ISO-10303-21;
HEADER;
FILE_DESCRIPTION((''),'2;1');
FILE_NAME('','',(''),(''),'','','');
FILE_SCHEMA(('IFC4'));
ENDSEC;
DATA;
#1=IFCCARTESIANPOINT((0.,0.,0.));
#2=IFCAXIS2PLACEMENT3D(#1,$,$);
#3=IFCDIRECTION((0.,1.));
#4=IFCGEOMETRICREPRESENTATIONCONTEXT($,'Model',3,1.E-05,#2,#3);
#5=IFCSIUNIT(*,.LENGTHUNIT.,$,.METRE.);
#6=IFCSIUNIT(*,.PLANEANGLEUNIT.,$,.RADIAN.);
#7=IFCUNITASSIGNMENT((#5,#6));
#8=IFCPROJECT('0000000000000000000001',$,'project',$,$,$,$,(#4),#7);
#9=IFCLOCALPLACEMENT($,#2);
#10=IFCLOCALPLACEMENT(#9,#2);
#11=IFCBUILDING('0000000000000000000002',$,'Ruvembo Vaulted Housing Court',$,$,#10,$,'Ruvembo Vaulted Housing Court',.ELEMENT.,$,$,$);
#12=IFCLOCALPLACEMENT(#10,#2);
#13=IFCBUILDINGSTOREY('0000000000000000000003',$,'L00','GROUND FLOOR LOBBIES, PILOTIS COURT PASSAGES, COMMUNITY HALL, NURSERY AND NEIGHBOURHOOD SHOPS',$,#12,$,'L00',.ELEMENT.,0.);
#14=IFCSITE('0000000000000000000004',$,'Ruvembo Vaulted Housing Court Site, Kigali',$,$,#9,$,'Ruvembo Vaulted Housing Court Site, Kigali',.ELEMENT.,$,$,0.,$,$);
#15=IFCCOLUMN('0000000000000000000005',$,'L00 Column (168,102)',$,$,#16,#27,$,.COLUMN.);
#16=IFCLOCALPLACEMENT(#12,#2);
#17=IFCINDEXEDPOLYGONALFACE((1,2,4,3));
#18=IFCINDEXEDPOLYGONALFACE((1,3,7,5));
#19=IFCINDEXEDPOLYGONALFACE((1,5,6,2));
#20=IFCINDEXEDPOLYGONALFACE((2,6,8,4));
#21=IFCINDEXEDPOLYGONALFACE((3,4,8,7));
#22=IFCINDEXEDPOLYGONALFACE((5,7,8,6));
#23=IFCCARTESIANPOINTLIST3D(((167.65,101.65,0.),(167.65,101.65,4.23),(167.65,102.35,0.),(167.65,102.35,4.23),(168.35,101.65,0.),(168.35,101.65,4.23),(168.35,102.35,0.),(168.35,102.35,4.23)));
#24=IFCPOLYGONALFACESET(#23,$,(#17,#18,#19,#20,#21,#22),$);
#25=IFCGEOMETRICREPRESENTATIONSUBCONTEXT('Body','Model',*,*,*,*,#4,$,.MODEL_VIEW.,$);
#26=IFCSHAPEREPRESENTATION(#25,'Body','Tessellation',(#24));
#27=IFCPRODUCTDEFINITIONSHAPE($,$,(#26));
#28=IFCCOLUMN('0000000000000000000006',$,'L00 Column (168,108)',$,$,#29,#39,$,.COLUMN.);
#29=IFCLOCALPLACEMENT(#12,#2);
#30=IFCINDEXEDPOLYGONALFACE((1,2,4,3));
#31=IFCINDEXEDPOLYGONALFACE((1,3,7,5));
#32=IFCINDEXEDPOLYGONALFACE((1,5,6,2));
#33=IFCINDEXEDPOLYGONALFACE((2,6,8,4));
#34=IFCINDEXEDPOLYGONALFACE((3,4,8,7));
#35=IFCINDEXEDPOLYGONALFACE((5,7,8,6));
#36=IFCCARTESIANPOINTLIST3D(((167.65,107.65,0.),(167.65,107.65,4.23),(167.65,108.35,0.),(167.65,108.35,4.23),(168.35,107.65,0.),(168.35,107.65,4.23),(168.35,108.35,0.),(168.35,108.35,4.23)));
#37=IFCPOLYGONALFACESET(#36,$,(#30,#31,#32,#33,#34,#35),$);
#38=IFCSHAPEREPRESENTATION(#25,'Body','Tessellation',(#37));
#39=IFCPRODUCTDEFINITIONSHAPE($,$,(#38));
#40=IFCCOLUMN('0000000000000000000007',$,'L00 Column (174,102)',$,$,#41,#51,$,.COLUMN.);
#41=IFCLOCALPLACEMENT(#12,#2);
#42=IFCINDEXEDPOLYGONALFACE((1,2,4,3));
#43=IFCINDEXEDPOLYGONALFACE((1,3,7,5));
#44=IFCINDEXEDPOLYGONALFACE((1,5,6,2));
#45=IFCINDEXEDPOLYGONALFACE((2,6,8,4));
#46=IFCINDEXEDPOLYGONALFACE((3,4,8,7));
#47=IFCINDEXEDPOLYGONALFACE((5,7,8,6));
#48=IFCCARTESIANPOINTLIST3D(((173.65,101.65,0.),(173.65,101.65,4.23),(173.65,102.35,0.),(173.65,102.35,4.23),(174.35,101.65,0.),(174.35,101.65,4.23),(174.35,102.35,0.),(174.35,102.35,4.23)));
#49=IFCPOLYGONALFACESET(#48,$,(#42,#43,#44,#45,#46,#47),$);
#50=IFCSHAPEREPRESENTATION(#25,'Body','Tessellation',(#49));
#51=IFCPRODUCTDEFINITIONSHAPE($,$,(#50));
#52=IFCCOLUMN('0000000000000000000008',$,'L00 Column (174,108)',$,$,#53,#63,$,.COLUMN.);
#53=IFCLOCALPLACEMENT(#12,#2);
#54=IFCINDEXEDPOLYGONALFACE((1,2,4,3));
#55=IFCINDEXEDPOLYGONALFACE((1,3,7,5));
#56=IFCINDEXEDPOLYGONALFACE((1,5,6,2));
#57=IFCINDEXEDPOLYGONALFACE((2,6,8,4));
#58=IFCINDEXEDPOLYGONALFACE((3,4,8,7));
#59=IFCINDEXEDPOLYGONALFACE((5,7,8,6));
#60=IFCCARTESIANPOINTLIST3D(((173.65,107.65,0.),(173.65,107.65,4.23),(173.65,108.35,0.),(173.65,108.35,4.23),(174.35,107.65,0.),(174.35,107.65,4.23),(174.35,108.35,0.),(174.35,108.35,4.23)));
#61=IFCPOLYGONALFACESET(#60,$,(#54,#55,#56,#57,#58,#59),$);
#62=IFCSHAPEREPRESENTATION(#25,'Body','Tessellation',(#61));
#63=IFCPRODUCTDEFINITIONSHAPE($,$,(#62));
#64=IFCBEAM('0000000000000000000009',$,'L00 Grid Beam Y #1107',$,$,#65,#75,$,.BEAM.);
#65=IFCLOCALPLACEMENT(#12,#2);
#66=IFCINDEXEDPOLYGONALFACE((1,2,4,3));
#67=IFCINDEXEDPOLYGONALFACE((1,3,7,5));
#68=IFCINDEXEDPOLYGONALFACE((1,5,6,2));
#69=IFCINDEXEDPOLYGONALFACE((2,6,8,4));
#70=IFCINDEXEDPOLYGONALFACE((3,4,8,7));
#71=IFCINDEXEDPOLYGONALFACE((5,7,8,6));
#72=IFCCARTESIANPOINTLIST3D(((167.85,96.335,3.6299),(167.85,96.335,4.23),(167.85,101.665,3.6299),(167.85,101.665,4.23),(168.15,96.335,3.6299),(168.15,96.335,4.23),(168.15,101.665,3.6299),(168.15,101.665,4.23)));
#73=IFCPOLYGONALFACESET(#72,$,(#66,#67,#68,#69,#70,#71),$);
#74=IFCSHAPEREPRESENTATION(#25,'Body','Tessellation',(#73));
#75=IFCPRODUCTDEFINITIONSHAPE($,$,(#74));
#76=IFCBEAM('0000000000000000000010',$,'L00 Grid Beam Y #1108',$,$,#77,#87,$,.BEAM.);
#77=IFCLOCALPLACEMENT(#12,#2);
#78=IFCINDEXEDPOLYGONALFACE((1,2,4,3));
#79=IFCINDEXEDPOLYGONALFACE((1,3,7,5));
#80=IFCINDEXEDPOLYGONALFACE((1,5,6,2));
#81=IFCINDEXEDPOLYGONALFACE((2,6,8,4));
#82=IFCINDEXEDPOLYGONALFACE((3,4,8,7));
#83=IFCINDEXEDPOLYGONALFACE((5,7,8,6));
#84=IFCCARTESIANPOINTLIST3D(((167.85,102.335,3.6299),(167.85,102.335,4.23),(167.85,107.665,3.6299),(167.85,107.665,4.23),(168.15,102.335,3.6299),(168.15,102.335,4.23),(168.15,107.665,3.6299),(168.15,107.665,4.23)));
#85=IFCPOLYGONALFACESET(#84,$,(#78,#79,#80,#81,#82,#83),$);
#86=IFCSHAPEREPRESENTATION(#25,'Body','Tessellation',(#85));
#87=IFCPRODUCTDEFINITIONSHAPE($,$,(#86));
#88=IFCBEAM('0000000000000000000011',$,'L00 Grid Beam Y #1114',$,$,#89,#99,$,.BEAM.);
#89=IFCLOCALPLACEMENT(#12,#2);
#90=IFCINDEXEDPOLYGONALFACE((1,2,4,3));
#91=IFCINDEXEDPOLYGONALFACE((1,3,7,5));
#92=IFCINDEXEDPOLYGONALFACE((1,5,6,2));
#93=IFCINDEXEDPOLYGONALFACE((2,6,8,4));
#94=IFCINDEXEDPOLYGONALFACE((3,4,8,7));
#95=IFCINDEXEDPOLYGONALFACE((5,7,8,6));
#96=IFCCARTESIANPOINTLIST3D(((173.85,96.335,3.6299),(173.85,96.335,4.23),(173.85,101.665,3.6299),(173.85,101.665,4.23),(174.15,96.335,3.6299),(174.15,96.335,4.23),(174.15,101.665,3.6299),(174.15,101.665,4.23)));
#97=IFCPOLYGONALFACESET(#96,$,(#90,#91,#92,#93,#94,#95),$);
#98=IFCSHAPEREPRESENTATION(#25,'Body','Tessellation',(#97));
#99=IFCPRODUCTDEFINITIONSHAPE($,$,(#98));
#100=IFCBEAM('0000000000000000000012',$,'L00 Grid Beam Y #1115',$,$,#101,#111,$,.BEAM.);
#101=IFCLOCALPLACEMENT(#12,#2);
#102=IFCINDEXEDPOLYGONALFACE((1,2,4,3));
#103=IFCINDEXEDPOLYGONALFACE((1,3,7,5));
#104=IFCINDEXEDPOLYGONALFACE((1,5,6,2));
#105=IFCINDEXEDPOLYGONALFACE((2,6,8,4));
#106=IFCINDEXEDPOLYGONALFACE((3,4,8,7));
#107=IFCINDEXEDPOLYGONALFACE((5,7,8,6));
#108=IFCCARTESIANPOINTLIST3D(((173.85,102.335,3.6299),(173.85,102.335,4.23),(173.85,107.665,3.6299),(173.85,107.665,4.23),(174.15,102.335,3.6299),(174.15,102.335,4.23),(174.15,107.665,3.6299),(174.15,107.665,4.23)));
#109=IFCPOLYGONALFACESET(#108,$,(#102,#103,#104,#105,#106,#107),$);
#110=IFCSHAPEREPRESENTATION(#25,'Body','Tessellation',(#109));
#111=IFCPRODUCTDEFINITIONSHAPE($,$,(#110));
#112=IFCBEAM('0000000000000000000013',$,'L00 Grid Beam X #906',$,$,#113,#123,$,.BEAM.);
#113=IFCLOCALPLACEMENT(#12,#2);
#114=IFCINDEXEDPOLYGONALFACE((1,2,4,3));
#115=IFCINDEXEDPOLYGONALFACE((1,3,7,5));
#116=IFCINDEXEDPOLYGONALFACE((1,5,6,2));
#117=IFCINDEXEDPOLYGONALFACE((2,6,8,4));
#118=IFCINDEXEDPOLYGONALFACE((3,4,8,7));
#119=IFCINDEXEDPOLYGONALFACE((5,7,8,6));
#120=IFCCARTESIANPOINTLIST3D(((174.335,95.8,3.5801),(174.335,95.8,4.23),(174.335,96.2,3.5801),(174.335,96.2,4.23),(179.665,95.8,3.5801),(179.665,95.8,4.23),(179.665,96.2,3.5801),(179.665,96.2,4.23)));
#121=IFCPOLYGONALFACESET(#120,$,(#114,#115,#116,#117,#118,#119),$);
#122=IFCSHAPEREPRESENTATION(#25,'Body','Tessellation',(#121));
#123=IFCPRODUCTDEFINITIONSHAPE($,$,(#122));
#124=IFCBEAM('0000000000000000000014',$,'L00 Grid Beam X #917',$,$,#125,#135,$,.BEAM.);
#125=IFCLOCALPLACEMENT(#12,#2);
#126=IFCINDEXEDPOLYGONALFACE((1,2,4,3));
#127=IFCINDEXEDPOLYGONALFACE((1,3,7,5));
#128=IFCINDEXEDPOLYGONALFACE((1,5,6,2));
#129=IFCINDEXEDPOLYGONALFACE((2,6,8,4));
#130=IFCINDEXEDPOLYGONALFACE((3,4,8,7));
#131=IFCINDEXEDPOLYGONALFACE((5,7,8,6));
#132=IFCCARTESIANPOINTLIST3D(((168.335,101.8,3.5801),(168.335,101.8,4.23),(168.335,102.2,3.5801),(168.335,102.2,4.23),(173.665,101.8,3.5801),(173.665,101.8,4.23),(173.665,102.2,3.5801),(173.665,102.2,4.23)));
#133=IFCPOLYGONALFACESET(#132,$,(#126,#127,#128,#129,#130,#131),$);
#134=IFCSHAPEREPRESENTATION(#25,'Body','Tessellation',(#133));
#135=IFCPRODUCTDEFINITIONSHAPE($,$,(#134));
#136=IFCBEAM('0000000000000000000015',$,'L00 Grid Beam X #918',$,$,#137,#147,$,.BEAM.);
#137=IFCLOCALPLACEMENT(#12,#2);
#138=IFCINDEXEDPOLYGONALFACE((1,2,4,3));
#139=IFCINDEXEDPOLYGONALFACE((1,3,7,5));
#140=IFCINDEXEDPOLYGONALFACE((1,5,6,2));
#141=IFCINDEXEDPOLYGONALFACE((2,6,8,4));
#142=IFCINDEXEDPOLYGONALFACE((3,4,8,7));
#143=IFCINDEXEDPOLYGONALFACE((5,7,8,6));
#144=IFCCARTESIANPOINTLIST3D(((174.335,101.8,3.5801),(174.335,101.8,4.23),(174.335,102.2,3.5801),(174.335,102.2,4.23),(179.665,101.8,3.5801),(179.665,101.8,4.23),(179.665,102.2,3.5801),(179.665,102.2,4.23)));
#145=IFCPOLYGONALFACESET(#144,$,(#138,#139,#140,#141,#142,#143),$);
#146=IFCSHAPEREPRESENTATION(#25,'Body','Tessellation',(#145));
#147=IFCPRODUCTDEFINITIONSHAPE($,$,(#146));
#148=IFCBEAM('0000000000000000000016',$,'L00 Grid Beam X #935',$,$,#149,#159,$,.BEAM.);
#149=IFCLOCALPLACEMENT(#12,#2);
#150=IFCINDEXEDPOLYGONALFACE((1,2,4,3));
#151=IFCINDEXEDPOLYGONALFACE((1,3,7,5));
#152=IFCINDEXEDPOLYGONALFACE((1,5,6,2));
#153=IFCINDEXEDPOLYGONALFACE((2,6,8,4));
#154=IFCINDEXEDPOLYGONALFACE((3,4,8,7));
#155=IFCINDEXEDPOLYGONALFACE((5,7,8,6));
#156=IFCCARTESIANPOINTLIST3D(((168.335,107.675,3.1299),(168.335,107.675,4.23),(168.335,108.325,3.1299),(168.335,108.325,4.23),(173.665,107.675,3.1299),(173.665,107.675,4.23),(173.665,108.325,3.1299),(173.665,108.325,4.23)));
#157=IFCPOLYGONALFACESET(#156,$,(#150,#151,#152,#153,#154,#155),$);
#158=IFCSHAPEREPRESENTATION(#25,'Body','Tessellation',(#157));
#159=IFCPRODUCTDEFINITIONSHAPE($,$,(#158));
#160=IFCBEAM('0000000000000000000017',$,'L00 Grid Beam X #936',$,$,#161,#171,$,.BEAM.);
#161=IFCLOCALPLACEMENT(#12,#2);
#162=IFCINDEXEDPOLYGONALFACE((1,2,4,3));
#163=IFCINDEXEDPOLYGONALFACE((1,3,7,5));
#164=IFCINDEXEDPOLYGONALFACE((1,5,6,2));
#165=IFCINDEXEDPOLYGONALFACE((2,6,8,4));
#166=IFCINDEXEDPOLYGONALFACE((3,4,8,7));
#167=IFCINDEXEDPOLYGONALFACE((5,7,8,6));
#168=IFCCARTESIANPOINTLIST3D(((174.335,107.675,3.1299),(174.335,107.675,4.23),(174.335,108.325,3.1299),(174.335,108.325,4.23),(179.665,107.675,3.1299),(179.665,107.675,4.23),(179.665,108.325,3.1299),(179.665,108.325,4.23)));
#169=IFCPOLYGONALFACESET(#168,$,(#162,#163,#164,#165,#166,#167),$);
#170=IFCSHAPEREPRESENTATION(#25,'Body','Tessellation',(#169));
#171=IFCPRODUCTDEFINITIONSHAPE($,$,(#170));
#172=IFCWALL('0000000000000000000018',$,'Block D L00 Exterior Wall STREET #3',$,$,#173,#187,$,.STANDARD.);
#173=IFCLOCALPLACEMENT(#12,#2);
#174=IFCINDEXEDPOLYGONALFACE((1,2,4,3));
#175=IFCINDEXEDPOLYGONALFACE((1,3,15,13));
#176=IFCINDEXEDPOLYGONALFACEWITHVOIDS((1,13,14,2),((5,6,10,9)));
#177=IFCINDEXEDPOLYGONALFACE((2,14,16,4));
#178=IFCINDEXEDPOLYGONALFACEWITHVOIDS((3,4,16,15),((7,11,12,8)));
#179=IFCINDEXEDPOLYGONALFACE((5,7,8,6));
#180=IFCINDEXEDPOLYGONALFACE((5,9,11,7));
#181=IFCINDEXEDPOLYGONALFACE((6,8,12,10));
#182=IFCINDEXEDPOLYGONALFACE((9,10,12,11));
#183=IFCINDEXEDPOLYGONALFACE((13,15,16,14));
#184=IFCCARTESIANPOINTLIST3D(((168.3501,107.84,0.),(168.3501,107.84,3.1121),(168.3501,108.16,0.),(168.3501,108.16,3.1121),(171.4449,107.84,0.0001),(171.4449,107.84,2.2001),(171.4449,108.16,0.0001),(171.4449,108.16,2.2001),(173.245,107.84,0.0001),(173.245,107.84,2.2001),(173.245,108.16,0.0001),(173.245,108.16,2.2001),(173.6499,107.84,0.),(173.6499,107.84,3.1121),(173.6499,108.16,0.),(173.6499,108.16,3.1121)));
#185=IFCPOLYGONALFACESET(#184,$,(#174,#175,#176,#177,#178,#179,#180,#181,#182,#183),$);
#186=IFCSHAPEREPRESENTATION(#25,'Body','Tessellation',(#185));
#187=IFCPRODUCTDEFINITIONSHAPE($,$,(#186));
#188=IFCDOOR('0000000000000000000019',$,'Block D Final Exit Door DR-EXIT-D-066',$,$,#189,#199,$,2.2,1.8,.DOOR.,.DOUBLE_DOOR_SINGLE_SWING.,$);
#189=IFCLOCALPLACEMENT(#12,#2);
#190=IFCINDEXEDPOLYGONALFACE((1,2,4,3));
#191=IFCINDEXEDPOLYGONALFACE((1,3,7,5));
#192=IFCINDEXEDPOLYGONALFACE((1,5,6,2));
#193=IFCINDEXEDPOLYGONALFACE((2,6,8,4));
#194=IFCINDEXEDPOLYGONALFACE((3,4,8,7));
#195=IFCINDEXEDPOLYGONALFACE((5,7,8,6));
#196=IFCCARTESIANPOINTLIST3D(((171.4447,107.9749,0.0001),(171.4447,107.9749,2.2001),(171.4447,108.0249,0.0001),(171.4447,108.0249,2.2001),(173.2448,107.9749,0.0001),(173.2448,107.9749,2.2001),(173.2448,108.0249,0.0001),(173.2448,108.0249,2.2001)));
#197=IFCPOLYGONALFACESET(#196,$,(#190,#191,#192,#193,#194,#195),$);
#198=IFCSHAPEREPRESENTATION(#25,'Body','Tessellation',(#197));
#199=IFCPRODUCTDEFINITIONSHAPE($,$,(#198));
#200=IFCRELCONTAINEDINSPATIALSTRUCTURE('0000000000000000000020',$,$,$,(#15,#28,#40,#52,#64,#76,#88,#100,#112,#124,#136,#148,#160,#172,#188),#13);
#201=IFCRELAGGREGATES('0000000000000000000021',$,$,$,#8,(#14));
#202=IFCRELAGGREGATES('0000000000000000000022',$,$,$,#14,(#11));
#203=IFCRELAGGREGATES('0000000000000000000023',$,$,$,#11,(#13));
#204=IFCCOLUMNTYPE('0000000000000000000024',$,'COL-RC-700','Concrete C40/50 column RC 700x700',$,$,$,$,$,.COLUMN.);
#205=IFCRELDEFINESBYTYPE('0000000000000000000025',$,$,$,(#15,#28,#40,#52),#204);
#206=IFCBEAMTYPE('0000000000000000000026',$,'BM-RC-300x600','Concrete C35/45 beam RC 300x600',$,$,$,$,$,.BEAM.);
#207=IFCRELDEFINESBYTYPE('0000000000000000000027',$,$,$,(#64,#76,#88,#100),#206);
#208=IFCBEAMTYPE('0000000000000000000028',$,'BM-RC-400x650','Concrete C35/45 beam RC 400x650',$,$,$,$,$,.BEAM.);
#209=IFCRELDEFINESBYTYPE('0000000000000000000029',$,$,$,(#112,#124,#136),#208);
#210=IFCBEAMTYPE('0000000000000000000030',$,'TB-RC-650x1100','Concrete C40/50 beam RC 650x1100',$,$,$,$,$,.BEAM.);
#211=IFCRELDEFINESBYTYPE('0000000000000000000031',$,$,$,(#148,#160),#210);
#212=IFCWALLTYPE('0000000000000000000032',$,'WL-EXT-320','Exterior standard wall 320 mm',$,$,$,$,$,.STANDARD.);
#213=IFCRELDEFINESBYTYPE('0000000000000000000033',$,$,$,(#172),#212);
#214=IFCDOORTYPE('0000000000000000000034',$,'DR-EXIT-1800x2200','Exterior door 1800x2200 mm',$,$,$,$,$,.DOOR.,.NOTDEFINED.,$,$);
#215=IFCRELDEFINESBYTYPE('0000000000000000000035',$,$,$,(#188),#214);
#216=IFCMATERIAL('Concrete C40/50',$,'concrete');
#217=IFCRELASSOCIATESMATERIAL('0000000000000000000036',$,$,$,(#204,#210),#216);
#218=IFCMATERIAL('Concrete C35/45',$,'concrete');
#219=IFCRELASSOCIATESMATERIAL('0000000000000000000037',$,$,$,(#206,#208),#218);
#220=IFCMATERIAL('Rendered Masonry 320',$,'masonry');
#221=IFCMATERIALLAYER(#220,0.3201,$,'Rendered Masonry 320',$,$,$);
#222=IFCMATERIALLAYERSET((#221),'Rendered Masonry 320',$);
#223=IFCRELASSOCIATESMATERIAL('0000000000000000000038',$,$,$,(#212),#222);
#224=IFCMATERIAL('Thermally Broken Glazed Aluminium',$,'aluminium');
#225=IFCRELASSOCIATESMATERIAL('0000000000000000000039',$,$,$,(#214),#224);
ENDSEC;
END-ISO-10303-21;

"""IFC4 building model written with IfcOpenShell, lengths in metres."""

from ifc_helpers import new_model, si_unit, direction, frame, frame_2d, origin, origin_2d, place, context, subcontext, project, spatial, rectangle, extrude, material, layer, layer_set, material_profile, profile_set, type_object, element, fill, save


model = new_model("IFC4")

# Units and contexts
model_context = context("Model", 3, precision=1e-05, world=origin(), true_north=direction((0.0, 1.0)))
body_context = subcontext(model_context, "Body", "Model", "MODEL_VIEW")
ifc_project = project(units=[si_unit("LENGTHUNIT", "METRE"), si_unit("PLANEANGLEUNIT", "RADIAN")], contexts=[model_context])

# Site, building, storey
site_placement = place(None, origin())
site = spatial("IfcSite", under=ifc_project, at=site_placement, Name="Ruvembo Vaulted Housing Court Site, Kigali", LongName="Ruvembo Vaulted Housing Court Site, Kigali", CompositionType="ELEMENT", RefElevation=0.0)
building_placement = place(site_placement, origin())
building = spatial("IfcBuilding", under=site, at=building_placement, Name="Ruvembo Vaulted Housing Court", LongName="Ruvembo Vaulted Housing Court", CompositionType="ELEMENT")
storey_placement = place(building_placement, origin())
storey = spatial("IfcBuildingStorey", under=building, at=storey_placement, Name="L00", Description="GROUND FLOOR LOBBIES, PILOTIS COURT PASSAGES, COMMUNITY HALL, NURSERY AND NEIGHBOURHOOD SHOPS", LongName="L00", CompositionType="ELEMENT", Elevation=0.0)

# Columns
ifc_material_1 = material(Name="Concrete C40/50", Category="concrete")
ifc_material_profile_1 = material_profile(ifc_material_1, rectangle(XDim=0.7, YDim=0.7, at=origin_2d()), Name="RC 700x700")
ifc_profile_set_1 = profile_set([ifc_material_profile_1], Name="Concrete C40/50")
column_type = type_object("IfcColumnType", Name="COL-RC-700", Description="Concrete C40/50 column RC 700x700", PredefinedType="COLUMN", material=ifc_profile_set_1)
for number, where, z_axis, x_axis, name in (
    (1, (168.0, 102.0, 0.0), (0.0, 0.0, 1.0), (1.0, 0.0, 0.0), "L00 Column (168,102)"),
    (2, (168.0, 108.0, 0.0), (0.0, 0.0, 1.0), (1.0, 0.0, 0.0), "L00 Column (168,108)"),
    (3, (174.0, 102.0, 0.0), (0.0, 0.0, 1.0), (1.0, 0.0, 0.0), "L00 Column (174,102)"),
    (4, (174.0, 108.0, 0.0), (0.0, 0.0, 1.0), (1.0, 0.0, 0.0), "L00 Column (174,108)"),
):
    element("IfcColumn", number, at=place(storey_placement, frame(where, z_axis=z_axis, x_axis=x_axis)), inside=storey, type_object=column_type, Name=name, PredefinedType="COLUMN", context=body_context, shape_type="SweptSolid", body=[
        extrude(rectangle(XDim=0.7, YDim=0.7, at=origin_2d()), origin(), (0.0, 0.0, 1.0), 4.23),
    ])

# Beams
ifc_material_2 = material(Name="Concrete C35/45", Category="concrete")
ifc_material_profile_2 = material_profile(ifc_material_2, rectangle(XDim=0.3, YDim=0.6001, at=origin_2d()), Name="RC 300x600")
ifc_profile_set_2 = profile_set([ifc_material_profile_2], Name="Concrete C35/45")
beam_type_1 = type_object("IfcBeamType", Name="BM-RC-300x600", Description="Concrete C35/45 beam RC 300x600", PredefinedType="BEAM", material=ifc_profile_set_2)
for number, where, z_axis, x_axis, name in (
    (5, (168.0, 96.335, 3.9299), (0.0, 1.0, 0.0), (-1.0, 0.0, 0.0), "L00 Grid Beam Y #1107"),
    (6, (168.0, 102.335, 3.9299), (0.0, 1.0, 0.0), (-1.0, 0.0, 0.0), "L00 Grid Beam Y #1108"),
    (7, (174.0, 96.335, 3.9299), (0.0, 1.0, 0.0), (-1.0, 0.0, 0.0), "L00 Grid Beam Y #1114"),
    (8, (174.0, 102.335, 3.9299), (0.0, 1.0, 0.0), (-1.0, 0.0, 0.0), "L00 Grid Beam Y #1115"),
):
    element("IfcBeam", number, at=place(storey_placement, frame(where, z_axis=z_axis, x_axis=x_axis)), inside=storey, type_object=beam_type_1, Name=name, PredefinedType="BEAM", context=body_context, shape_type="SweptSolid", body=[
        extrude(rectangle(XDim=0.3, YDim=0.6001, at=origin_2d()), origin(), (0.0, 0.0, 1.0), 5.3301),
    ])
ifc_material_profile_3 = material_profile(ifc_material_2, rectangle(XDim=0.3999, YDim=0.6499, at=origin_2d()), Name="RC 400x650")
ifc_profile_set_3 = profile_set([ifc_material_profile_3], Name="Concrete C35/45")
beam_type_2 = type_object("IfcBeamType", Name="BM-RC-400x650", Description="Concrete C35/45 beam RC 400x650", PredefinedType="BEAM", material=ifc_profile_set_3)
for number, where, z_axis, x_axis, name in (
    (9, (174.335, 96.0, 3.905), (1.0, 0.0, 0.0), (0.0, 1.0, 0.0), "L00 Grid Beam X #906"),
    (10, (168.335, 102.0, 3.905), (1.0, 0.0, 0.0), (0.0, 1.0, 0.0), "L00 Grid Beam X #917"),
    (11, (174.335, 102.0, 3.905), (1.0, 0.0, 0.0), (0.0, 1.0, 0.0), "L00 Grid Beam X #918"),
):
    element("IfcBeam", number, at=place(storey_placement, frame(where, z_axis=z_axis, x_axis=x_axis)), inside=storey, type_object=beam_type_2, Name=name, PredefinedType="BEAM", context=body_context, shape_type="SweptSolid", body=[
        extrude(rectangle(XDim=0.3999, YDim=0.6499, at=origin_2d()), origin(), (0.0, 0.0, 1.0), 5.3301),
    ])
ifc_material_profile_4 = material_profile(ifc_material_1, rectangle(XDim=0.6499, YDim=1.1001, at=origin_2d()), Name="RC 650x1100")
ifc_profile_set_4 = profile_set([ifc_material_profile_4], Name="Concrete C40/50")
beam_type_3 = type_object("IfcBeamType", Name="TB-RC-650x1100", Description="Concrete C40/50 beam RC 650x1100", PredefinedType="BEAM", material=ifc_profile_set_4)
for number, where, z_axis, x_axis, name in (
    (12, (168.335, 108.0, 3.6799), (1.0, 0.0, 0.0), (0.0, 1.0, 0.0), "L00 Grid Beam X #935"),
    (13, (174.335, 108.0, 3.6799), (1.0, 0.0, 0.0), (0.0, 1.0, 0.0), "L00 Grid Beam X #936"),
):
    element("IfcBeam", number, at=place(storey_placement, frame(where, z_axis=z_axis, x_axis=x_axis)), inside=storey, type_object=beam_type_3, Name=name, PredefinedType="BEAM", context=body_context, shape_type="SweptSolid", body=[
        extrude(rectangle(XDim=0.6499, YDim=1.1001, at=origin_2d()), origin(), (0.0, 0.0, 1.0), 5.3301),
    ])

# Wall, opening, door
ifc_material_3 = material(Name="Rendered Masonry 320", Category="masonry")
ifc_layer_1 = layer(ifc_material_3, 0.3201, Name="Rendered Masonry 320")
ifc_layer_set_1 = layer_set([ifc_layer_1], Name="Rendered Masonry 320")
wall_type_1 = type_object("IfcWallType", Name="WL-EXT-320", Description="Exterior standard wall 320 mm", PredefinedType="STANDARD", material=ifc_layer_set_1)
wall_1_placement = place(storey_placement, frame((173.6499, 108.0, 0.0), z_axis=(0.0, 0.0, 1.0), x_axis=(-1.0, 0.0, 0.0)))
wall_1 = element("IfcWall", 14, at=wall_1_placement, inside=storey, type_object=wall_type_1, Name="Block D L00 Exterior Wall STREET #3", PredefinedType="STANDARD", context=body_context, shape_type="SweptSolid", body=[
    extrude(rectangle(XDim=5.2998, YDim=0.3201, at=frame_2d((2.6499, 0.0))), origin(), (0.0, 0.0, 1.0), 3.1121),
])
opening_1_placement = place(wall_1_placement, frame((0.405, 0.0, 0.0)))
opening_1 = element("IfcOpeningElement", 15, at=opening_1_placement, cuts=wall_1, PredefinedType="OPENING", context=body_context, shape_type="SweptSolid", body=[
    extrude(rectangle(XDim=1.8, YDim=2.2, at=frame_2d((0.8999, 1.1001))), frame((0.0, 0.1699, 0.0), z_axis=(0.0, -1.0, 0.0), x_axis=(1.0, 0.0, 0.0)), (0.0, 0.0, 1.0), 0.3401),
])
ifc_material_4 = material(Name="Thermally Broken Glazed Aluminium", Category="aluminium")
door_type_1 = type_object("IfcDoorType", Name="DR-EXIT-1800x2200", Description="Exterior door 1800x2200 mm", OperationType="NOTDEFINED", PredefinedType="DOOR", material=ifc_material_4)
door_1_placement = place(opening_1_placement, frame((1.8, 0.0, 0.0), z_axis=(0.0, 0.0, 1.0), x_axis=(-1.0, 0.0, 0.0)))
door_1 = element("IfcDoor", 16, at=door_1_placement, inside=storey, type_object=door_type_1, Name="Block D Final Exit Door DR-EXIT-D-066", OperationType="DOUBLE_DOOR_SINGLE_SWING", OverallHeight=2.2, OverallWidth=1.8, PredefinedType="DOOR", context=body_context, shape_type="SweptSolid", body=[
    extrude(rectangle(XDim=1.8, YDim=2.2, at=frame_2d((0.8999, 1.1001))), frame((0.0, 0.0249, 0.0), z_axis=(0.0, -1.0, 0.0), x_axis=(1.0, 0.0, 0.0)), (0.0, 0.0, 1.0), 0.05),
])
fill(opening_1, door_1)

save(model, "model.ifc")
